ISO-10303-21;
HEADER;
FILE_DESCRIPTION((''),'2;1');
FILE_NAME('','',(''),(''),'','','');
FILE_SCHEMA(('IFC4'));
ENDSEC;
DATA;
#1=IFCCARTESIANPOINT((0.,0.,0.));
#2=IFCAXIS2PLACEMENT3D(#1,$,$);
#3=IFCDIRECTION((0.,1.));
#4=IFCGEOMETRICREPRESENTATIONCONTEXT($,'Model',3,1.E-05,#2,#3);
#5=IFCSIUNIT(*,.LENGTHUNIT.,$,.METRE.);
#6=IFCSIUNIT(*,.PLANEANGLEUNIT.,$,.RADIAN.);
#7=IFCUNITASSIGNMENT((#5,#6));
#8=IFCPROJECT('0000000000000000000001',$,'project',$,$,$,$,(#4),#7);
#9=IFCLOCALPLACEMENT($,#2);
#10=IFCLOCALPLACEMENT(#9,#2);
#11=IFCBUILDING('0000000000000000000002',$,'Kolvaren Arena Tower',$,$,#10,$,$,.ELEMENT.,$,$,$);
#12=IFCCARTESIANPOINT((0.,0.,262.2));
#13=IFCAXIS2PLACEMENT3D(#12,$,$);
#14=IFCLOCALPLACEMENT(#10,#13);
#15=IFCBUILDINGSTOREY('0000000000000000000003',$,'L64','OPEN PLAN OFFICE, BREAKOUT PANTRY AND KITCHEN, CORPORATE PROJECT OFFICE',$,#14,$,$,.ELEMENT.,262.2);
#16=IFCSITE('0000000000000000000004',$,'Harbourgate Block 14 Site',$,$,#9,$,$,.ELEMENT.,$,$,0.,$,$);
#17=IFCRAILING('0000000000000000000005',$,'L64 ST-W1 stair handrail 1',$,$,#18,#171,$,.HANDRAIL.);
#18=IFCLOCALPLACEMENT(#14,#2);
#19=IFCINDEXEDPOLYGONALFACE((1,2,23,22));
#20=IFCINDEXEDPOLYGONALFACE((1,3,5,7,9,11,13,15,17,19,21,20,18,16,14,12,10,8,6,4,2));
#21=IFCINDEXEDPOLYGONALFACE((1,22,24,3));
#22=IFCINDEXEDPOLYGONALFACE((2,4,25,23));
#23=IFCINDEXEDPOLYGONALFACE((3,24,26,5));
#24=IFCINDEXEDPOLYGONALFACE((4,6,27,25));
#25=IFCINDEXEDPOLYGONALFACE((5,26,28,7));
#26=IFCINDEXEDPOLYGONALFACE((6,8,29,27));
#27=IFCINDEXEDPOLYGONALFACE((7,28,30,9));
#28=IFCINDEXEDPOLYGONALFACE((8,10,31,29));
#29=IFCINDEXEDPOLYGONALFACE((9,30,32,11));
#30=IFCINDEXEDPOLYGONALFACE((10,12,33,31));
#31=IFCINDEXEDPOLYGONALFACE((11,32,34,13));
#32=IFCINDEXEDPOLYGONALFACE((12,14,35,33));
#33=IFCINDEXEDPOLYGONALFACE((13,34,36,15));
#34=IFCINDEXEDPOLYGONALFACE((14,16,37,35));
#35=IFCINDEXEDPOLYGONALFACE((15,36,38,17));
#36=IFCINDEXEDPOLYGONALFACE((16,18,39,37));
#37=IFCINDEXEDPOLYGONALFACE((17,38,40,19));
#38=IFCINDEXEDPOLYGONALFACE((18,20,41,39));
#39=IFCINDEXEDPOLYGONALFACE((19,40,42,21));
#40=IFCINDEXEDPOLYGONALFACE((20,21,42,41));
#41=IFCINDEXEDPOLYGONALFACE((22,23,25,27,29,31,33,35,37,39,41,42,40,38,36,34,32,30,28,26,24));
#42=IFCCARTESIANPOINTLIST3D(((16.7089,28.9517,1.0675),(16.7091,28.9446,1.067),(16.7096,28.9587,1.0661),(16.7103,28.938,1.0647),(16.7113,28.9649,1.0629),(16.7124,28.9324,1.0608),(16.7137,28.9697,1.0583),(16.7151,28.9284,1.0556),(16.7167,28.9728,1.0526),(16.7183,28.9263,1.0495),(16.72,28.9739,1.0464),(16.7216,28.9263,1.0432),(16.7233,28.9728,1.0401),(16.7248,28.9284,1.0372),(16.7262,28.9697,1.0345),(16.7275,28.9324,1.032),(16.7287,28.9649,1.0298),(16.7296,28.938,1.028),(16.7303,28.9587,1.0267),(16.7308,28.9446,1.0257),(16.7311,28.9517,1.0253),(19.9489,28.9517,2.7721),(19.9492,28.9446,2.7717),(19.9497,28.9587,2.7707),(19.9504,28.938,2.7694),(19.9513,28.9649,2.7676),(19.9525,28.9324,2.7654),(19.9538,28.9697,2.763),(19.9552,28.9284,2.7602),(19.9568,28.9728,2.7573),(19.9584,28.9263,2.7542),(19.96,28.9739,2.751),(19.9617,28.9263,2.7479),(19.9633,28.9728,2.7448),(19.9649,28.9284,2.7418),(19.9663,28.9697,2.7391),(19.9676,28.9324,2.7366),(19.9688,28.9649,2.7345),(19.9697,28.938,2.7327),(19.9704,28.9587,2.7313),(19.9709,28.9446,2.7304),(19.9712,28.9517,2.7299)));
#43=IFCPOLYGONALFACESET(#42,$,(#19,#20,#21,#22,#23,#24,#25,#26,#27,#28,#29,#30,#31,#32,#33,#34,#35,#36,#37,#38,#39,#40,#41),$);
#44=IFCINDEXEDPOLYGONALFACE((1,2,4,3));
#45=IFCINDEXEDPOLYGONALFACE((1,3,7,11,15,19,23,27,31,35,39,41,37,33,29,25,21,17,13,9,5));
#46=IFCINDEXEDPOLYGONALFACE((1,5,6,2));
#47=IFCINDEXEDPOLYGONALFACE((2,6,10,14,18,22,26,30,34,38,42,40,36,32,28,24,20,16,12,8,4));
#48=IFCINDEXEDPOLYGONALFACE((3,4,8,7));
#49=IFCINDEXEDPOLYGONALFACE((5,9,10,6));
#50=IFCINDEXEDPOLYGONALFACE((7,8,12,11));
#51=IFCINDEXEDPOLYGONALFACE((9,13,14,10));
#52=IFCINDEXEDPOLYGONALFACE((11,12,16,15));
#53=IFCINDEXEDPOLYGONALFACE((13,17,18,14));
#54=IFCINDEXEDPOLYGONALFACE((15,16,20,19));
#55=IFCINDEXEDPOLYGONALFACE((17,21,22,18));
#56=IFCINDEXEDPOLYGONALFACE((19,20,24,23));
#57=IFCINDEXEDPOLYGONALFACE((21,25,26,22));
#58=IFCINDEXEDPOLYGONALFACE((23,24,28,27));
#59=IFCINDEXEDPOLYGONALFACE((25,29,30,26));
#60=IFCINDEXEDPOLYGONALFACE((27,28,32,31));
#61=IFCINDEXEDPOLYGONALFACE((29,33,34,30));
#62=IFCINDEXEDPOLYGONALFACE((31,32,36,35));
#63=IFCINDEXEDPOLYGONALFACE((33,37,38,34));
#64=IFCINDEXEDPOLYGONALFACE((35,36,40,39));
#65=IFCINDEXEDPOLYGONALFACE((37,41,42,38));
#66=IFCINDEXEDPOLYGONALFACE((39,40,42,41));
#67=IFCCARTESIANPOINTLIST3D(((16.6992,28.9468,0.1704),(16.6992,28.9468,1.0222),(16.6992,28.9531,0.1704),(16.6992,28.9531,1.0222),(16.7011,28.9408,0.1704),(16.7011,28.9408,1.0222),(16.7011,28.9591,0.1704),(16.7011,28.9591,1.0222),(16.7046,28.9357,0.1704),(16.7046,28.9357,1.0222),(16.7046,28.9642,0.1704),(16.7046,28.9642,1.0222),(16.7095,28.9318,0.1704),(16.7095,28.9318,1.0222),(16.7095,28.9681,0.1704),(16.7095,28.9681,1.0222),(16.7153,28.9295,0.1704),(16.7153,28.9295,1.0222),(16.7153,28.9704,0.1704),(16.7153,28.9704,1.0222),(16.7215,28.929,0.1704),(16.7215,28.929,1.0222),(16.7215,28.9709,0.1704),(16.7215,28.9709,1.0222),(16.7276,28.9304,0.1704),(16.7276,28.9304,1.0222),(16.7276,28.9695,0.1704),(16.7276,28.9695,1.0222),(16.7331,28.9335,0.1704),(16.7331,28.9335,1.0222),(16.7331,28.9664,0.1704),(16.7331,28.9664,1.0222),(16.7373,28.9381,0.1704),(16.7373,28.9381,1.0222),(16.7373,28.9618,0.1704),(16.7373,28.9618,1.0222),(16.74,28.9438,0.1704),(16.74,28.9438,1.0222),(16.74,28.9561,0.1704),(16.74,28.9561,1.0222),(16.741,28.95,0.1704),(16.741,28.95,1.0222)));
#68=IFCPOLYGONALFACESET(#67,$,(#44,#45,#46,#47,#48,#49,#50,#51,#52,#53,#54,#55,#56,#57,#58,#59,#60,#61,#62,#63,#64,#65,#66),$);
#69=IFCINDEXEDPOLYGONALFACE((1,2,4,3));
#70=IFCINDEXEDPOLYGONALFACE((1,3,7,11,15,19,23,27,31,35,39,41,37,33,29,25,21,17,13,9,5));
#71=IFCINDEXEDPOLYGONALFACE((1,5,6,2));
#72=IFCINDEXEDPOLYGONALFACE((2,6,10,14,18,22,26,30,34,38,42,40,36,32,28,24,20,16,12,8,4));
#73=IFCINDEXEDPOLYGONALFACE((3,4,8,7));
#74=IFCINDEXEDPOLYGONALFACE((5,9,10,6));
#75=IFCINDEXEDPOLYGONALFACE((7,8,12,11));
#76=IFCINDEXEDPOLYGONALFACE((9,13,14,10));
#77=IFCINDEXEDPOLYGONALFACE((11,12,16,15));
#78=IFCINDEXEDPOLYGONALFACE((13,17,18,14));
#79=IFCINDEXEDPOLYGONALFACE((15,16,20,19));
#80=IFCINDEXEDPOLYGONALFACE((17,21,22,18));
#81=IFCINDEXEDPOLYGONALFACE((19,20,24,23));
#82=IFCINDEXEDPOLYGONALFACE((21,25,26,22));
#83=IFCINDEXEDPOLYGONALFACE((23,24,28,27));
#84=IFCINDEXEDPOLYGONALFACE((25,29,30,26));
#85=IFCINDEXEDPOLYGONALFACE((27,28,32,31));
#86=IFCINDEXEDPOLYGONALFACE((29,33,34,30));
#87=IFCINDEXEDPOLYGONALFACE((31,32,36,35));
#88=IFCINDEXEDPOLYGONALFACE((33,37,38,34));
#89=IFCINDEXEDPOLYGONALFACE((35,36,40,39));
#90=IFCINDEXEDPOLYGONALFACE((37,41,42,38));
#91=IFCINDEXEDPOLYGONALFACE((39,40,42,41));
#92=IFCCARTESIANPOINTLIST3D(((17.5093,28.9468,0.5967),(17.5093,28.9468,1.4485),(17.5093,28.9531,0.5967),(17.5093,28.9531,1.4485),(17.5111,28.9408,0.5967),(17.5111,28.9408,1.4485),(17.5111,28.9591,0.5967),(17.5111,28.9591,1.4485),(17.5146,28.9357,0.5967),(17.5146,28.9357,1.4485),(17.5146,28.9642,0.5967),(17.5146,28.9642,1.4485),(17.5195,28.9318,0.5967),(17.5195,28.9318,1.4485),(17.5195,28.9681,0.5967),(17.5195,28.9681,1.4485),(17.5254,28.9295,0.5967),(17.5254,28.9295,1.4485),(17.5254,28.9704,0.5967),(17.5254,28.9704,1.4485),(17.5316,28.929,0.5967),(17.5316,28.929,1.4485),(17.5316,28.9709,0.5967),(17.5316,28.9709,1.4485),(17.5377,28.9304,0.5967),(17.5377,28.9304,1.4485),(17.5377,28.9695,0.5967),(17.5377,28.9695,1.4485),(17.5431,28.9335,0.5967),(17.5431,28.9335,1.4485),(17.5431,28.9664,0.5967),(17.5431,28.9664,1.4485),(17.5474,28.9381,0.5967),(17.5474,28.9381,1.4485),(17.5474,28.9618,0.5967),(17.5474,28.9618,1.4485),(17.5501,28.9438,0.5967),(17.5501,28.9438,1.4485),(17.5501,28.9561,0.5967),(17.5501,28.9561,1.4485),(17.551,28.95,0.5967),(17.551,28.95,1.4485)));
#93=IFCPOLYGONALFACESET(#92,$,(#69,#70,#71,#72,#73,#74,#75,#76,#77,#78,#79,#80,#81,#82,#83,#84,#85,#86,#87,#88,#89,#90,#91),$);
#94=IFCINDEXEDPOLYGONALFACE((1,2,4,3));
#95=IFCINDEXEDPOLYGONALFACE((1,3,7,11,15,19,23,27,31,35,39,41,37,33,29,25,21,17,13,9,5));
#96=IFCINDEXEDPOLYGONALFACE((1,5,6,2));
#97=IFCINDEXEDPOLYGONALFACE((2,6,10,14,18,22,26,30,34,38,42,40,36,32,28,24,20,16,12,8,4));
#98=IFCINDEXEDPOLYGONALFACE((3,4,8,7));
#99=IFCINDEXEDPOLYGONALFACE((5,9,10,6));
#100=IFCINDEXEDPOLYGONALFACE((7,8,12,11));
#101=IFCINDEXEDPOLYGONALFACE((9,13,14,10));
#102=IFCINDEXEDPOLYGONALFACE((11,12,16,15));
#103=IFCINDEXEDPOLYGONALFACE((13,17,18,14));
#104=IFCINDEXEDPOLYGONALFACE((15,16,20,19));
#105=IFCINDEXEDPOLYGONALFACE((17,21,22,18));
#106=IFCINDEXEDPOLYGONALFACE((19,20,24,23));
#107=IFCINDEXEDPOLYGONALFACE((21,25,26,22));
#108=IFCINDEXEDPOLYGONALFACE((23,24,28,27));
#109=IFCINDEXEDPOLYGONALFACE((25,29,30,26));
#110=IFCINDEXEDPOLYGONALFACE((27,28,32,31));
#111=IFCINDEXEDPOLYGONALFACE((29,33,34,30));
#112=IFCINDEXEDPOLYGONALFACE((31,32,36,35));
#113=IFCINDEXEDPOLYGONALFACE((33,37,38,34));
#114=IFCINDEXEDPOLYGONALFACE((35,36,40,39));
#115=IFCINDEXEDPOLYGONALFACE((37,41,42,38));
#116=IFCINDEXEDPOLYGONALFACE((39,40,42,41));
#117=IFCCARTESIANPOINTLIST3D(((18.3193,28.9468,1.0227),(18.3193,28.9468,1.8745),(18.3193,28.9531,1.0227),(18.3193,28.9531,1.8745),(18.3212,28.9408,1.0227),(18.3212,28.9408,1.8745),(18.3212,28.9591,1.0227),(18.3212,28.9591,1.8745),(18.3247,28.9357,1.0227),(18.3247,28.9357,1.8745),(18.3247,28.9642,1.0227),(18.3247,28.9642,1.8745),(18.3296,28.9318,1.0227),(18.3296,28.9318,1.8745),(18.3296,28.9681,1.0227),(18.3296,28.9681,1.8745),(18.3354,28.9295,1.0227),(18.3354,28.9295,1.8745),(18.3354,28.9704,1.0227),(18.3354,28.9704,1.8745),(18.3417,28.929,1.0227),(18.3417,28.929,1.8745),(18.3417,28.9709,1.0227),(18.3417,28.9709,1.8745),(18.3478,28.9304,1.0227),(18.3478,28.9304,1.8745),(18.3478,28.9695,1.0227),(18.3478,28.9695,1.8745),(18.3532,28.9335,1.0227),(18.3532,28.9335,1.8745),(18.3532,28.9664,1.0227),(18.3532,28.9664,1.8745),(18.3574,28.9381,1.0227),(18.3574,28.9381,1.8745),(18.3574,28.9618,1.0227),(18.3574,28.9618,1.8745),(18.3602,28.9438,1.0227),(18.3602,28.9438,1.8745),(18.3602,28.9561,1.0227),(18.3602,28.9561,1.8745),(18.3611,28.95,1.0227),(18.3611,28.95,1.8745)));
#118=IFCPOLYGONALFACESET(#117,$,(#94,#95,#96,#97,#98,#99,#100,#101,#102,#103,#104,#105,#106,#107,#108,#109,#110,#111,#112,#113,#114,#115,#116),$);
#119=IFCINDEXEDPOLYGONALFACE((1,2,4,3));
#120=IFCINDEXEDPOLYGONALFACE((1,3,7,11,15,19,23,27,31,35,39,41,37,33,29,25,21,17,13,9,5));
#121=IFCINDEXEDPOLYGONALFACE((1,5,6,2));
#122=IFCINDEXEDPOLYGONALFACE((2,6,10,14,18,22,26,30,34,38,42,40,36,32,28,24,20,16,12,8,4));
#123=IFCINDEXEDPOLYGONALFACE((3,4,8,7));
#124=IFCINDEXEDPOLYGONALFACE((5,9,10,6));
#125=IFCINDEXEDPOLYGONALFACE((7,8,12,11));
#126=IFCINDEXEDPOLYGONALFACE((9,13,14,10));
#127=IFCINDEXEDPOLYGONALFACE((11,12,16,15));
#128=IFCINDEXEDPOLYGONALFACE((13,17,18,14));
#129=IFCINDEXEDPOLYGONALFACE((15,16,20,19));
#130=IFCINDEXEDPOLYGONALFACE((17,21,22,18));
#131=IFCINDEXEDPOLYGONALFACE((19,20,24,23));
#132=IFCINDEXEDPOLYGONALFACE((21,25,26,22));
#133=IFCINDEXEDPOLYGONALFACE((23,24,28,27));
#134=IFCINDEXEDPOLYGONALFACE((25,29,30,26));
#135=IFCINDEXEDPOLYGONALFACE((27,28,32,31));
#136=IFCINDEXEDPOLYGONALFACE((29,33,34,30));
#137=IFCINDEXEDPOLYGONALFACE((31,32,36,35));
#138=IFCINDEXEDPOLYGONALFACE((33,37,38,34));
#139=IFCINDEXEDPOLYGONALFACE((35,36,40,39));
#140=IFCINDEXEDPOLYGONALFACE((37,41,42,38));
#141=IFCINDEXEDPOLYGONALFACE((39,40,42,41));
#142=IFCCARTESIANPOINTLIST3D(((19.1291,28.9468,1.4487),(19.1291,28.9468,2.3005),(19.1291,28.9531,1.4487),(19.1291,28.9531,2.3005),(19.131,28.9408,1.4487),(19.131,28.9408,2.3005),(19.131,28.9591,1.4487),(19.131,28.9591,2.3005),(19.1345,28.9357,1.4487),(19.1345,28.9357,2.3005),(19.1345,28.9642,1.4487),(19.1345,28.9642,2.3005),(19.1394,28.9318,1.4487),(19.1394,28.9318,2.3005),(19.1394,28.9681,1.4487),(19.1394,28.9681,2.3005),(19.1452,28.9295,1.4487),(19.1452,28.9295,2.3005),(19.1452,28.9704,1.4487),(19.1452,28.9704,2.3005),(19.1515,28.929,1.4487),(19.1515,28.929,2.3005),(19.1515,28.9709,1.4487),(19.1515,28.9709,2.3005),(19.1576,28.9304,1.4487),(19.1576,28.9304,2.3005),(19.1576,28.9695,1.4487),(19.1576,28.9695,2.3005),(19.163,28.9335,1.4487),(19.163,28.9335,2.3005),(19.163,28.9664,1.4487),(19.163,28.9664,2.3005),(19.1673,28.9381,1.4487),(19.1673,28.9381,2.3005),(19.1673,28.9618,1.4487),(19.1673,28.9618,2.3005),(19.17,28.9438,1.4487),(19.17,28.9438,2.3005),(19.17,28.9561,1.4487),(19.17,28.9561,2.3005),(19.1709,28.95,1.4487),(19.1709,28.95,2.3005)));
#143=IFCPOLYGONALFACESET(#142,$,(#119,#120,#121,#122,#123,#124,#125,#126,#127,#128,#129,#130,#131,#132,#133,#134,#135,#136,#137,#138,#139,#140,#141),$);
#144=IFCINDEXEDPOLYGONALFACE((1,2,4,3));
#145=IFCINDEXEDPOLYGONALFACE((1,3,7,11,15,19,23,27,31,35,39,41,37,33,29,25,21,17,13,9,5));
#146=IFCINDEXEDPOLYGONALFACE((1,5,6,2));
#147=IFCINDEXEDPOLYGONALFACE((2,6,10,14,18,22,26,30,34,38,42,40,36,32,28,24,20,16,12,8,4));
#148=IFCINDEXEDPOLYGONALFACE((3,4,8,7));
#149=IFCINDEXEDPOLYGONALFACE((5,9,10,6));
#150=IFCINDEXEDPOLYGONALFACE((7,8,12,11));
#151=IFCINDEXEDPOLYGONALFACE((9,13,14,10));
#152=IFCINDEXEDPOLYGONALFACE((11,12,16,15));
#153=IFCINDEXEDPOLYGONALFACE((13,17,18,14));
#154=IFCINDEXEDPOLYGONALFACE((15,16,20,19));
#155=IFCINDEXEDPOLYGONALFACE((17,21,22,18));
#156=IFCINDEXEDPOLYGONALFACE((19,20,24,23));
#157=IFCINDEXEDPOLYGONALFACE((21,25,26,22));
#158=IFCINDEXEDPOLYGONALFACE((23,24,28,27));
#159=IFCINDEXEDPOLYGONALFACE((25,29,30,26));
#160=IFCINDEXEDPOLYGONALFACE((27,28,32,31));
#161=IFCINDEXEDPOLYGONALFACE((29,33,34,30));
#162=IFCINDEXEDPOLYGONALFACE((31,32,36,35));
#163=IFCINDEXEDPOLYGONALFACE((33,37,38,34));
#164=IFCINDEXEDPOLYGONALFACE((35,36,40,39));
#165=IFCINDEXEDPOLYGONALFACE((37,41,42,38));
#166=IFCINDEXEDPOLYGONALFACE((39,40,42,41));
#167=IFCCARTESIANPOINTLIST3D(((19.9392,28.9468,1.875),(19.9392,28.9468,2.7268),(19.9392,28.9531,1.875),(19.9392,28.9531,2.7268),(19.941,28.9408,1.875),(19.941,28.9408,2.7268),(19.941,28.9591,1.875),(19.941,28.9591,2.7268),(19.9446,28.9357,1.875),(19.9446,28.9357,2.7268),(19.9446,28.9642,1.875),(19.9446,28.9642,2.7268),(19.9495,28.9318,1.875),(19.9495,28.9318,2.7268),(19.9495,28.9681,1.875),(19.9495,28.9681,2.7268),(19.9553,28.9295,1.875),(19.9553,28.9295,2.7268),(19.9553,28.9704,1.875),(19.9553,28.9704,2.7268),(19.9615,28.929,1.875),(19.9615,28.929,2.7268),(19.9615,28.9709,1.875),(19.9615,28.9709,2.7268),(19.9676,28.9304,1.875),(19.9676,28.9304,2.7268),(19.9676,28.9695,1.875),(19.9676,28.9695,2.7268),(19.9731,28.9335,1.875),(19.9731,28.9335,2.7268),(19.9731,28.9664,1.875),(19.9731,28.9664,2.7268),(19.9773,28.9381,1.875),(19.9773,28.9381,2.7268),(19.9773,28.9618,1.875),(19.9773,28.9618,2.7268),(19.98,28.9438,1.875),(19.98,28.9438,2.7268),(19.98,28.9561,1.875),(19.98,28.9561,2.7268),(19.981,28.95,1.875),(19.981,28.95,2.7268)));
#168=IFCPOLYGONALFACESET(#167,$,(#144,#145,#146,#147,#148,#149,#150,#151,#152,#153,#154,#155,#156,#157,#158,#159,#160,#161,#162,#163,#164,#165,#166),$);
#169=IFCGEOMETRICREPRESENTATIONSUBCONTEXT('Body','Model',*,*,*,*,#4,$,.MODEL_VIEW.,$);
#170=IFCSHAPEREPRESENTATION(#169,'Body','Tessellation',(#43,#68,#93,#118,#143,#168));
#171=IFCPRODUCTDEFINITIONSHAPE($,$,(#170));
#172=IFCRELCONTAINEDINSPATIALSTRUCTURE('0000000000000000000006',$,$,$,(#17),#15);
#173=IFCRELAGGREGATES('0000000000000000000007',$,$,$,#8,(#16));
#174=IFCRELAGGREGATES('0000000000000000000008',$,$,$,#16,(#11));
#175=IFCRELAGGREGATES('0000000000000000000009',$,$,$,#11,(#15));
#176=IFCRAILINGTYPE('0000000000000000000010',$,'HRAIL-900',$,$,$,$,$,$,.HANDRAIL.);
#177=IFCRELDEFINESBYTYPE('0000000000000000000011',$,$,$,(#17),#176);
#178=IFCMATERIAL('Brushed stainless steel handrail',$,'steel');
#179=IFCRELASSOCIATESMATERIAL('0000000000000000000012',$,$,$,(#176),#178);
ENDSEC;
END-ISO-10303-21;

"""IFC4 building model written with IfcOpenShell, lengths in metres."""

from ifc_helpers import new_model, si_unit, direction, frame, origin, origin_2d, place, context, subcontext, project, spatial, circle, extrude, material, type_object, element, save


model = new_model("IFC4")

# Units and contexts
model_context = context("Model", 3, precision=1e-05, world=origin(), true_north=direction((0.0, 1.0)))
body_context = subcontext(model_context, "Body", "Model", "MODEL_VIEW")
ifc_project = project(units=[si_unit("LENGTHUNIT", "METRE"), si_unit("PLANEANGLEUNIT", "RADIAN")], contexts=[model_context])

# Site, building, storey
site_placement = place(None, origin())
site = spatial("IfcSite", under=ifc_project, at=site_placement, Name="Harbourgate Block 14 Site", CompositionType="ELEMENT", RefElevation=0.0)
building_placement = place(site_placement, origin())
building = spatial("IfcBuilding", under=site, at=building_placement, Name="Kolvaren Arena Tower", CompositionType="ELEMENT")
storey_placement = place(building_placement, frame((0.0, 0.0, 262.2)))
storey = spatial("IfcBuildingStorey", under=building, at=storey_placement, Name="L64", Description="OPEN PLAN OFFICE, BREAKOUT PANTRY AND KITCHEN, CORPORATE PROJECT OFFICE", CompositionType="ELEMENT", Elevation=262.2)

# Railing
ifc_material_1 = material(Name="Brushed stainless steel handrail", Category="steel")
railing_type_1 = type_object("IfcRailingType", Name="HRAIL-900", PredefinedType="HANDRAIL", material=ifc_material_1)
railing_1_placement = place(storey_placement, frame((16.72, 28.95, 0.1704)))
element("IfcRailing", 1, at=railing_1_placement, inside=storey, type_object=railing_type_1, Name="L64 ST-W1 stair handrail 1", PredefinedType="HANDRAIL", context=body_context, shape_type="SweptSolid", body=[
    extrude(circle(Radius=0.0239, at=origin_2d()), frame((0.0, 0.0, 0.876), z_axis=(0.884993, 0.0, 0.465604), x_axis=(0.0, 1.0, 0.0)), (0.0, 0.0, 1.0), 3.6611),
    extrude(circle(Radius=0.021, at=origin_2d()), origin(), (0.0, 0.0, 1.0), 0.8518),
    extrude(circle(Radius=0.021, at=origin_2d()), frame((0.8101, 0.0, 0.4263)), (0.0, 0.0, 1.0), 0.8518),
    extrude(circle(Radius=0.021, at=origin_2d()), frame((1.6201, 0.0, 0.8523)), (0.0, 0.0, 1.0), 0.8518),
    extrude(circle(Radius=0.021, at=origin_2d()), frame((2.4299, 0.0, 1.2783)), (0.0, 0.0, 1.0), 0.8518),
    extrude(circle(Radius=0.021, at=origin_2d()), frame((3.24, 0.0, 1.7046)), (0.0, 0.0, 1.0), 0.8518),
])

save(model, "model.ifc")
